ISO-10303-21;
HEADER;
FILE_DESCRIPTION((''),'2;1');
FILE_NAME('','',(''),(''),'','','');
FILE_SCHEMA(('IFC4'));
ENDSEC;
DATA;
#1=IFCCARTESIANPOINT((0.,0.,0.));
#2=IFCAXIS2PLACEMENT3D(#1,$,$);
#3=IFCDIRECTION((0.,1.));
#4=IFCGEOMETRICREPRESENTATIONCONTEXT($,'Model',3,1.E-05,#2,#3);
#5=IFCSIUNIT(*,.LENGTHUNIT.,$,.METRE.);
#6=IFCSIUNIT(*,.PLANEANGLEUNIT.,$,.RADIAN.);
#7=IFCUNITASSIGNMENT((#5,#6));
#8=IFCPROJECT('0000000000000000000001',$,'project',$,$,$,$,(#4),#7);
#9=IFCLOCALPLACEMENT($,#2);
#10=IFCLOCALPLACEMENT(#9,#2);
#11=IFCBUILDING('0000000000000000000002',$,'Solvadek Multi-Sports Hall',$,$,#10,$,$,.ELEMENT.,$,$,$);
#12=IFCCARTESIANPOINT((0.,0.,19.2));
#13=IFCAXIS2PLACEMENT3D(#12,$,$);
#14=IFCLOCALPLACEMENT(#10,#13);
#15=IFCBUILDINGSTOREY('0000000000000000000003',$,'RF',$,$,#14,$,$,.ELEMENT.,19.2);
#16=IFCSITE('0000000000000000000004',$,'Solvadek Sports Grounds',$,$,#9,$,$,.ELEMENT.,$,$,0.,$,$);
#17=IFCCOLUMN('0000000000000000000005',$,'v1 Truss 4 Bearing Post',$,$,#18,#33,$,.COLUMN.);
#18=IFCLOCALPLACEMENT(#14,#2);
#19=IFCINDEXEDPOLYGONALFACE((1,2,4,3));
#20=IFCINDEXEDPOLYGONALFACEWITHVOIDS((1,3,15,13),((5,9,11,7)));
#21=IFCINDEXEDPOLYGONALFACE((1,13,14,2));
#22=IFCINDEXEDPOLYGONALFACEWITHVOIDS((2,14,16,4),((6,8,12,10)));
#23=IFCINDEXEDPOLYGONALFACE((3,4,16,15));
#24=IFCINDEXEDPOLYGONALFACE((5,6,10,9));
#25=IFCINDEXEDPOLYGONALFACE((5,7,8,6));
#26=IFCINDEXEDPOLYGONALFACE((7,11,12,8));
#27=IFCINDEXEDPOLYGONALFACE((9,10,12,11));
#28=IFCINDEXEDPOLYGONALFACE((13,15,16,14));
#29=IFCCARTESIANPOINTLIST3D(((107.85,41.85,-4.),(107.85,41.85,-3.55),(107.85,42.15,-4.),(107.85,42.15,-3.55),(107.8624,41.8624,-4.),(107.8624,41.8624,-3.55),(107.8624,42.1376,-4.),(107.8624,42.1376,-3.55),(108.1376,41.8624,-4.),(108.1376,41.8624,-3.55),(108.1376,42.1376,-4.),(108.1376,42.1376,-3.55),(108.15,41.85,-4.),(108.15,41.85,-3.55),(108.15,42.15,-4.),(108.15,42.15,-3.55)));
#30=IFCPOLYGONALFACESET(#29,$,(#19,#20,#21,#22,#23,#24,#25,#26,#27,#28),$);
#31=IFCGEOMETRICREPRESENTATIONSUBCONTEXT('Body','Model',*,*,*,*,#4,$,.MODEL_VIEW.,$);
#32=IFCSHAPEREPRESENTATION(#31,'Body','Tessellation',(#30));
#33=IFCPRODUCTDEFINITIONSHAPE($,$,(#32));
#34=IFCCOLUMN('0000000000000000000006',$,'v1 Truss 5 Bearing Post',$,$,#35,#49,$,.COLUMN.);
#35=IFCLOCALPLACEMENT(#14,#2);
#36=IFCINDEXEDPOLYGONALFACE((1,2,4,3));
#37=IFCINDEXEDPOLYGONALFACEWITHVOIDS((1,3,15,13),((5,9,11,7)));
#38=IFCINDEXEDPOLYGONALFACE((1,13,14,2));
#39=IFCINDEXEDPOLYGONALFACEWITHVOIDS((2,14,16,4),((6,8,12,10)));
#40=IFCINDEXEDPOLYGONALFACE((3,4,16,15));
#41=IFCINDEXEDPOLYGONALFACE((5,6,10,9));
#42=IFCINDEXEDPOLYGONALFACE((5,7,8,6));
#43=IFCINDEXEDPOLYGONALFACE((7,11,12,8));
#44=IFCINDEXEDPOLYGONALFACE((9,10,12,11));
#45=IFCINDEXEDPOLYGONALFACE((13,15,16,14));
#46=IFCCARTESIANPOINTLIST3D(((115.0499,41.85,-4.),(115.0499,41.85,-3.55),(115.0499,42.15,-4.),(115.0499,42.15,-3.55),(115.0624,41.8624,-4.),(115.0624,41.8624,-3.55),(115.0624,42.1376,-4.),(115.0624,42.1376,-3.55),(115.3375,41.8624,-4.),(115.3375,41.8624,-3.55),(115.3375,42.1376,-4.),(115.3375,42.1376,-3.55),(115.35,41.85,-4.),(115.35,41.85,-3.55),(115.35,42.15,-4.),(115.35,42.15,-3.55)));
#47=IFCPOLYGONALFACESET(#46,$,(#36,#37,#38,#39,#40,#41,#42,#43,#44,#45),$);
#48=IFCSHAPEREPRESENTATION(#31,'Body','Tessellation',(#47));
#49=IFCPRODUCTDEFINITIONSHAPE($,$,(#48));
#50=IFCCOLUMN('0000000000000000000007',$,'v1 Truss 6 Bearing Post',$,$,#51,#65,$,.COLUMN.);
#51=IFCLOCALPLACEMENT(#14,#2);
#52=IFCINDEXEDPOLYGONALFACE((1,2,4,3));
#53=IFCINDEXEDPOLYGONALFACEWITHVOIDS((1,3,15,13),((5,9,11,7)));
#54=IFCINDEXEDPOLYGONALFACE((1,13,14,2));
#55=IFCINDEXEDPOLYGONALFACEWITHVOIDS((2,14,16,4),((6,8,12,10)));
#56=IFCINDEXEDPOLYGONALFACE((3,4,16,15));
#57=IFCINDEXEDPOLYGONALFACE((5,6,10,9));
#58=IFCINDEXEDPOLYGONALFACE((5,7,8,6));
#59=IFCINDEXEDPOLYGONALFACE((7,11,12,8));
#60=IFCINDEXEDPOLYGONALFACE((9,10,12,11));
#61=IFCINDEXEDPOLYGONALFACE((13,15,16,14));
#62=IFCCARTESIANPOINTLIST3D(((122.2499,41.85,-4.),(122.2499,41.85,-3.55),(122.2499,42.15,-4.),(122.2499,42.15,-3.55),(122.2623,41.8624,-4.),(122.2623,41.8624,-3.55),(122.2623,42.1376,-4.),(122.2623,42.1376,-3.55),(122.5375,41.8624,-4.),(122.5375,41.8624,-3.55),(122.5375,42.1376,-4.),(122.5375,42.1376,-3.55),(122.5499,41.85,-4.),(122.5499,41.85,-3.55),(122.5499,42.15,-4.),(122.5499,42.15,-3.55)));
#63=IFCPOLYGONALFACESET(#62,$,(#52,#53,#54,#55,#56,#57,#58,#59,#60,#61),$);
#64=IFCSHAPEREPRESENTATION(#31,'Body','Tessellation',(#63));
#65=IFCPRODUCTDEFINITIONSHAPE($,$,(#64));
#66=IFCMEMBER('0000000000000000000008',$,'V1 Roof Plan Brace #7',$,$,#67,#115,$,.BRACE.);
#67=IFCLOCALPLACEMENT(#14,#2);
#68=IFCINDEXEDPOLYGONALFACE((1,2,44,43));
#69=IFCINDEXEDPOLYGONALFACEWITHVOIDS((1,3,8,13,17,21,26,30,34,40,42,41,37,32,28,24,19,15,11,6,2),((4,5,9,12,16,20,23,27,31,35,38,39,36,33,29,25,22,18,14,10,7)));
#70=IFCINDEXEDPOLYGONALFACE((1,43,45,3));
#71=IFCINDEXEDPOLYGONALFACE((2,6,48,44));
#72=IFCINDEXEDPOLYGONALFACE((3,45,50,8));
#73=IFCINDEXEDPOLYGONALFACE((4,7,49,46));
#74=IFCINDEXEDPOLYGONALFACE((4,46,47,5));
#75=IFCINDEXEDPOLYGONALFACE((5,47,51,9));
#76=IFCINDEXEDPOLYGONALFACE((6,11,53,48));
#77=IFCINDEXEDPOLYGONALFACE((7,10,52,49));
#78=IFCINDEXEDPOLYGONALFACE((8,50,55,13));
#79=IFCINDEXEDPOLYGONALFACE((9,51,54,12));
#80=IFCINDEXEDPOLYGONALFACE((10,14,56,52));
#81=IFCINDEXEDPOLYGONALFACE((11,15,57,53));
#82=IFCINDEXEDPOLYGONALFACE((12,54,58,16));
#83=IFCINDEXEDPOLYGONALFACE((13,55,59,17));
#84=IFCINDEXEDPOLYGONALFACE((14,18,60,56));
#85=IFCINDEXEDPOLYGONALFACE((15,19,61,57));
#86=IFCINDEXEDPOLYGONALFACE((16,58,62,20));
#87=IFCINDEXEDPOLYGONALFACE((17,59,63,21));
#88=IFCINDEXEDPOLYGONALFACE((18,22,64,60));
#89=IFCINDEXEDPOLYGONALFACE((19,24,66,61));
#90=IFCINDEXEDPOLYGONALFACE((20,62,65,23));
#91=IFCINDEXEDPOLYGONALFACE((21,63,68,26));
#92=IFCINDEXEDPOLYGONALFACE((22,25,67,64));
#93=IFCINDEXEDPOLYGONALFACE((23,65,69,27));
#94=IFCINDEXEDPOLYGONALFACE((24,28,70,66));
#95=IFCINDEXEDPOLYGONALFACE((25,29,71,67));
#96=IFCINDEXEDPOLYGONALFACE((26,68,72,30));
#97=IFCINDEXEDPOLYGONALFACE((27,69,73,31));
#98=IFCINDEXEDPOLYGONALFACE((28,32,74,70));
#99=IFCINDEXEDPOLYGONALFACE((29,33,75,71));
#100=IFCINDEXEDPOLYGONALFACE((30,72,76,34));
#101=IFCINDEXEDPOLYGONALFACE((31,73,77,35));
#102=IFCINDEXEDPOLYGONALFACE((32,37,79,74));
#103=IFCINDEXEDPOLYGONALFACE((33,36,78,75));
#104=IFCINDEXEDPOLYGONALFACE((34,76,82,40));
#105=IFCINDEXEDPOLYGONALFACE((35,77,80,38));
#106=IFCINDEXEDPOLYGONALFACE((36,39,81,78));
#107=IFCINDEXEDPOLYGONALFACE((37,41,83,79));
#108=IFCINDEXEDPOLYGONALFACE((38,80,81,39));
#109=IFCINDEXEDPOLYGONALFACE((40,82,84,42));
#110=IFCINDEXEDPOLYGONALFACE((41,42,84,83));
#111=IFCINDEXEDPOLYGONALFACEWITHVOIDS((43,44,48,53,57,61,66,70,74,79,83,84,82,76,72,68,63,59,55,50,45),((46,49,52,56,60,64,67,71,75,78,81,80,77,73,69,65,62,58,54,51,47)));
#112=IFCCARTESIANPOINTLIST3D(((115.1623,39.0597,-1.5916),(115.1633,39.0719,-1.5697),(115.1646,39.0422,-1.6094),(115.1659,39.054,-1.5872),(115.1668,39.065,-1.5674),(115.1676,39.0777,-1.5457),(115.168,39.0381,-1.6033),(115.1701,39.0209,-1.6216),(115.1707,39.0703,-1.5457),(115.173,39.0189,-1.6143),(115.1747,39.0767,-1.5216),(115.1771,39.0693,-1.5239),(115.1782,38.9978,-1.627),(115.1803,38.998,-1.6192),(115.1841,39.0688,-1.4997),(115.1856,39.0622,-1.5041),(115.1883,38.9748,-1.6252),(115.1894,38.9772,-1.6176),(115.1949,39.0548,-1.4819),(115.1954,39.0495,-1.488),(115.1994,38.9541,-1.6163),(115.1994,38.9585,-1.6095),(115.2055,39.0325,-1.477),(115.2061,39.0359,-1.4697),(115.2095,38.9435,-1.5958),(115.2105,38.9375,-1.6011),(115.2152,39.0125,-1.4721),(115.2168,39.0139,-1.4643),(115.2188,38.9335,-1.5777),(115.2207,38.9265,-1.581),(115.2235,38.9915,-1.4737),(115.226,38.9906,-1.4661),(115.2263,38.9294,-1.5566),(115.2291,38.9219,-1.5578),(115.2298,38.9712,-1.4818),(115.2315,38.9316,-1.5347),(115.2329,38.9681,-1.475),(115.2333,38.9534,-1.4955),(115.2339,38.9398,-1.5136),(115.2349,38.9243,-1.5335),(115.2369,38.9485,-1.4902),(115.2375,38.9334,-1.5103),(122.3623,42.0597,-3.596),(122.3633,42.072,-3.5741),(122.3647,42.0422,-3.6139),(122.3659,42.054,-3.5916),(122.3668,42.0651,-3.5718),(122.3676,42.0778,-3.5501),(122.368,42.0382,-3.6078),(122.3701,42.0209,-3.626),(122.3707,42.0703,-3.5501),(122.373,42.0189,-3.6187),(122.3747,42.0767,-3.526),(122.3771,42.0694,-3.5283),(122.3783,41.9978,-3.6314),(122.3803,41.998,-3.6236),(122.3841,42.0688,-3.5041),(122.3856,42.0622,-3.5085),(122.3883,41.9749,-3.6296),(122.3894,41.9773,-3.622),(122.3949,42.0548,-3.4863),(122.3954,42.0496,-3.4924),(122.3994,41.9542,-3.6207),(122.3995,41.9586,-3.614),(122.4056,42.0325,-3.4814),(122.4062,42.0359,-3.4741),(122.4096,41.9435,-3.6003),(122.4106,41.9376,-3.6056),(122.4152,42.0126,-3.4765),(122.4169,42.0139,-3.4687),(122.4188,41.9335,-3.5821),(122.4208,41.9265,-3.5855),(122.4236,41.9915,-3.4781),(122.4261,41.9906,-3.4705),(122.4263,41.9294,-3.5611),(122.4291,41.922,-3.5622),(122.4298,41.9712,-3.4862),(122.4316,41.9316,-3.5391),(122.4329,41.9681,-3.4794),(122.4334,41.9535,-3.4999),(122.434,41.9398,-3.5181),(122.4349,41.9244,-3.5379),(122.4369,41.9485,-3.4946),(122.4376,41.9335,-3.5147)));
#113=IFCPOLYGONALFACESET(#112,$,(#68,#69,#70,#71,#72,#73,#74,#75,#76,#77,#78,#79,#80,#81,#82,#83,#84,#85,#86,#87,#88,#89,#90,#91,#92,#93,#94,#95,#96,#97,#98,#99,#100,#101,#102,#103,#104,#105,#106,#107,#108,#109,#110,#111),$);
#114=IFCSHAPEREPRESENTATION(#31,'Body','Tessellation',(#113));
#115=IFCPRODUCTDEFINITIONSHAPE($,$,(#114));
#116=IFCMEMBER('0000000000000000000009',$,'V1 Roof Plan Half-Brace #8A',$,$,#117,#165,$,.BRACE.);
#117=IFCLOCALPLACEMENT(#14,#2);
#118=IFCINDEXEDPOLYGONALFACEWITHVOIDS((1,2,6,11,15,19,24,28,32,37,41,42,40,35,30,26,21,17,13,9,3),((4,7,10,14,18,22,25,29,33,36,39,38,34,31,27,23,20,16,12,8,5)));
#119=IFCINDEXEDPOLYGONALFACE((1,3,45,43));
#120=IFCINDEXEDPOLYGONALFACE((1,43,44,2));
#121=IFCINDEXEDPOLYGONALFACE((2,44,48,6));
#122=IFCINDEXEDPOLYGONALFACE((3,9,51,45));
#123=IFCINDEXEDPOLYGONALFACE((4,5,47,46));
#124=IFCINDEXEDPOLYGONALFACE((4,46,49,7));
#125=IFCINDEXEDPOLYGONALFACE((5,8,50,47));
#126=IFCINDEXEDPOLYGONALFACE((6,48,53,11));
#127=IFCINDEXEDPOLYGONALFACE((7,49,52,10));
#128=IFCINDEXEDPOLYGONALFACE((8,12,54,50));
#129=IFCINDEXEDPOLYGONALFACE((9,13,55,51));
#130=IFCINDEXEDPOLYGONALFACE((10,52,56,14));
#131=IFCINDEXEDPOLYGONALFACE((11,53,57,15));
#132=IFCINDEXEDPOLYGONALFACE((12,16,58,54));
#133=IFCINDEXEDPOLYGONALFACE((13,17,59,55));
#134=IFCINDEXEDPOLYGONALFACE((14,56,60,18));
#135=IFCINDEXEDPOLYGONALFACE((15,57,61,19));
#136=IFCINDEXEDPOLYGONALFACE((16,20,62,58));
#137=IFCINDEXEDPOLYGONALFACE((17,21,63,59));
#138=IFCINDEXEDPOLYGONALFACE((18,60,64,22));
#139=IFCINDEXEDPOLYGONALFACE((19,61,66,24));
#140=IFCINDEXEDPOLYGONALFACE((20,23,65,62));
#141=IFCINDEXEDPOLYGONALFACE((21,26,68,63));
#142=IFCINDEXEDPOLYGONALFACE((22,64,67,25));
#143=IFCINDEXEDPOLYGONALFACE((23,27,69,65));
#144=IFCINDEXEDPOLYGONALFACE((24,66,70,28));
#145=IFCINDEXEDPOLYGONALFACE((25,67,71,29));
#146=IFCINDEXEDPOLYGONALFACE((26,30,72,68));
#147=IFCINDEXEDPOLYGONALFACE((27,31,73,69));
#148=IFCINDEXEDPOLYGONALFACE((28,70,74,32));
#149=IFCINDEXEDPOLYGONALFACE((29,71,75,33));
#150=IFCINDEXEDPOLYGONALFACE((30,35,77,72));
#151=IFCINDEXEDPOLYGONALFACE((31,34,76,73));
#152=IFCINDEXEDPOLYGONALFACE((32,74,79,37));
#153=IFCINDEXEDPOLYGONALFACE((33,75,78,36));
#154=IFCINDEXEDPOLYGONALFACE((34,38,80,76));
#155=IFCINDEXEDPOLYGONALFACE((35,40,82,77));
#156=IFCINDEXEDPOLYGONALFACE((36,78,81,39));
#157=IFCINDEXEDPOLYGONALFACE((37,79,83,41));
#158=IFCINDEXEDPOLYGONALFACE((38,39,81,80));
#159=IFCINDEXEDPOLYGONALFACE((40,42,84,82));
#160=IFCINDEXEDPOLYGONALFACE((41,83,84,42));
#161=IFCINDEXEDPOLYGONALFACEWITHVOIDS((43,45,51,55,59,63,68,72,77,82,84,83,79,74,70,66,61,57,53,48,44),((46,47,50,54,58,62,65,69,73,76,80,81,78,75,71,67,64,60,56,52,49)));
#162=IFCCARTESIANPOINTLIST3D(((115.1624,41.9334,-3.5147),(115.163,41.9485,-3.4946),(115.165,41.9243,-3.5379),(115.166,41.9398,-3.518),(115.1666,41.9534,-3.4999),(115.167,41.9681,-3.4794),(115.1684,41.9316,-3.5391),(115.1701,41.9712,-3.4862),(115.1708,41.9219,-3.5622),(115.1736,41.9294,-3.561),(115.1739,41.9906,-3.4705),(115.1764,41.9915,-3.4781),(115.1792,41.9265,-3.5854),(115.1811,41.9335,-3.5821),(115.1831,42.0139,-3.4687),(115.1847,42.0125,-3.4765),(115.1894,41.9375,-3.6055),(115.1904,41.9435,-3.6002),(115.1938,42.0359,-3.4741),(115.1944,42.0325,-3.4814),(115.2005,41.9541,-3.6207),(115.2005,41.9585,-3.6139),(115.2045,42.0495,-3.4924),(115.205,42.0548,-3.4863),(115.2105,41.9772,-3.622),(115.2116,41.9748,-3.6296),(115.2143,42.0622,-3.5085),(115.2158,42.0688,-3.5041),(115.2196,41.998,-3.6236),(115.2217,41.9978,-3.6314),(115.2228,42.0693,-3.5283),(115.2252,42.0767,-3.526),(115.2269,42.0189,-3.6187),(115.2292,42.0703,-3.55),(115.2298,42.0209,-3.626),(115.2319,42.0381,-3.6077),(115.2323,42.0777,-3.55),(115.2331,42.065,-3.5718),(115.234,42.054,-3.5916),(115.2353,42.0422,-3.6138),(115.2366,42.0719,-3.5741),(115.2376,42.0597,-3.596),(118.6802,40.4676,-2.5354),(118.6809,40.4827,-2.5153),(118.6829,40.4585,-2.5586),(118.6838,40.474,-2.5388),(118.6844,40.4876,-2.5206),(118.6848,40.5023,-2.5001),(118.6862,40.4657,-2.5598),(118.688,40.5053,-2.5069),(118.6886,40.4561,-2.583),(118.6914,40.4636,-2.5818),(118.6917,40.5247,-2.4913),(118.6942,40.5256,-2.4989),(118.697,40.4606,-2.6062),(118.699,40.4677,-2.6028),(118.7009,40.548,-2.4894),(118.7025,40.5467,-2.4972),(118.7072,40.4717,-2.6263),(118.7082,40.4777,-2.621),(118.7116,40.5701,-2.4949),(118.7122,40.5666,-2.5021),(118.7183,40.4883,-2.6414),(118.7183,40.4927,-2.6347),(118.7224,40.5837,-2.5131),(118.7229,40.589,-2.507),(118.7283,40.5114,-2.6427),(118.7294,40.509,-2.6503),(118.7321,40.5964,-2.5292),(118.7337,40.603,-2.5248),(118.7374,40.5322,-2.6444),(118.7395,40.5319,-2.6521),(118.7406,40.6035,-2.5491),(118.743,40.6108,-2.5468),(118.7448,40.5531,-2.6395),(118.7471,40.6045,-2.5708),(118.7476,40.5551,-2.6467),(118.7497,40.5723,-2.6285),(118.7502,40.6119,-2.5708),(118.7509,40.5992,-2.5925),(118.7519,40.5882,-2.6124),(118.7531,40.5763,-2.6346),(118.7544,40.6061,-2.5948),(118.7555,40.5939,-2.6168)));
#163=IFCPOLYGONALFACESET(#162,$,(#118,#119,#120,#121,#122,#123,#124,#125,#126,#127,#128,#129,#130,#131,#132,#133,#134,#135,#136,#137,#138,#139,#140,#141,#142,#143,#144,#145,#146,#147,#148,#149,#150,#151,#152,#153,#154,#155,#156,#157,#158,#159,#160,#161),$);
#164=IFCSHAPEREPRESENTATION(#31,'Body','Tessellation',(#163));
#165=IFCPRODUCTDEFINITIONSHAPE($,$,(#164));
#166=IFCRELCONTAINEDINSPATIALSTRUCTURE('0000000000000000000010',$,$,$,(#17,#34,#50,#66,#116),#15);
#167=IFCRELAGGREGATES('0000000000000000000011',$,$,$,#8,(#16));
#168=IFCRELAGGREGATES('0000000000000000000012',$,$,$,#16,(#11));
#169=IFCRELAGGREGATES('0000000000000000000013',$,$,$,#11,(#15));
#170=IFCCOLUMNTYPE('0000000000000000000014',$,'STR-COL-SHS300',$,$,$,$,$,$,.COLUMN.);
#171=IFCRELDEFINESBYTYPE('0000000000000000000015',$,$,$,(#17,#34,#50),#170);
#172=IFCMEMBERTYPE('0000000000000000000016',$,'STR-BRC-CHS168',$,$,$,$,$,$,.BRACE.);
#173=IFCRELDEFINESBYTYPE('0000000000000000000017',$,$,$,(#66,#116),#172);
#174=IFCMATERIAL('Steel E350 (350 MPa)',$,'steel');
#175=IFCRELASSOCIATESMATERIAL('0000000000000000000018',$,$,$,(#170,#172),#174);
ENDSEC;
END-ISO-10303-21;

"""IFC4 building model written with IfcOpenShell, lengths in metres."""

from ifc_helpers import new_model, si_unit, direction, frame, origin, origin_2d, place, context, subcontext, project, spatial, hollow_rectangle, hollow_circle, extrude, material, material_profile, profile_set, type_object, element, save


model = new_model("IFC4")

# Units and contexts
model_context = context("Model", 3, precision=1e-05, world=origin(), true_north=direction((0.0, 1.0)))
body_context = subcontext(model_context, "Body", "Model", "MODEL_VIEW")
ifc_project = project(units=[si_unit("LENGTHUNIT", "METRE"), si_unit("PLANEANGLEUNIT", "RADIAN")], contexts=[model_context])

# Site, building, storey
site_placement = place(None, origin())
site = spatial("IfcSite", under=ifc_project, at=site_placement, Name="Solvadek Sports Grounds", CompositionType="ELEMENT", RefElevation=0.0)
building_placement = place(site_placement, origin())
building = spatial("IfcBuilding", under=site, at=building_placement, Name="Solvadek Multi-Sports Hall", CompositionType="ELEMENT")
storey_placement = place(building_placement, frame((0.0, 0.0, 19.2)))
storey = spatial("IfcBuildingStorey", under=building, at=storey_placement, Name="RF", CompositionType="ELEMENT", Elevation=19.2)

# Columns
ifc_material_1 = material(Name="Steel E350 (350 MPa)", Category="steel")
ifc_material_profile_1 = material_profile(ifc_material_1, hollow_rectangle(XDim=0.3, YDim=0.3, WallThickness=0.0125, at=origin_2d()), Name="SHS 300x300x12.5")
ifc_profile_set_1 = profile_set([ifc_material_profile_1], Name="Steel E350 (350 MPa)")
column_type = type_object("IfcColumnType", Name="STR-COL-SHS300", PredefinedType="COLUMN", material=ifc_profile_set_1)
for number, where, z_axis, x_axis, name in (
    (1, (108.0, 42.0, -4.0), (0.0, 0.0, 1.0), (1.0, 0.0, 0.0), "v1 Truss 4 Bearing Post"),
    (2, (115.2, 42.0, -4.0), (0.0, 0.0, 1.0), (1.0, 0.0, 0.0), "v1 Truss 5 Bearing Post"),
    (3, (122.3999, 42.0, -4.0), (0.0, 0.0, 1.0), (1.0, 0.0, 0.0), "v1 Truss 6 Bearing Post"),
):
    element("IfcColumn", number, at=place(storey_placement, frame(where, z_axis=z_axis, x_axis=x_axis)), inside=storey, type_object=column_type, Name=name, PredefinedType="COLUMN", context=body_context, shape_type="SweptSolid", body=[
        extrude(hollow_rectangle(XDim=0.3, YDim=0.3, WallThickness=0.0125, at=origin_2d()), origin(), (0.0, 0.0, 1.0), 0.45),
    ])

# Members
ifc_material_profile_2 = material_profile(ifc_material_1, hollow_circle(Radius=0.0842, WallThickness=0.0081, at=origin_2d()), Name="CHS 168.3x8")
ifc_profile_set_2 = profile_set([ifc_material_profile_2], Name="Steel E350 (350 MPa)")
member_type_1 = type_object("IfcMemberType", Name="STR-BRC-CHS168", PredefinedType="BRACE", material=ifc_profile_set_2)
member_1_placement = place(storey_placement, frame((115.2, 39.0, -1.5457), z_axis=(0.894029, 0.372514, -0.248889), x_axis=(-0.384618, 0.923076, 0.0)))
element("IfcMember", 4, at=member_1_placement, inside=storey, type_object=member_type_1, Name="V1 Roof Plan Brace #7", PredefinedType="BRACE", context=body_context, shape_type="SweptSolid", body=[
    extrude(hollow_circle(Radius=0.0842, WallThickness=0.0081, at=origin_2d()), origin(), (0.0, 0.0, 1.0), 8.0535),
])
member_2_placement = place(storey_placement, frame((115.2, 42.0, -3.55), z_axis=(0.894029, -0.372528, 0.248869), x_axis=(0.384629, 0.923071, 0.0)))
element("IfcMember", 5, at=member_2_placement, inside=storey, type_object=member_type_1, Name="V1 Roof Plan Half-Brace #8A", PredefinedType="BRACE", context=body_context, shape_type="SweptSolid", body=[
    extrude(hollow_circle(Radius=0.0842, WallThickness=0.0081, at=origin_2d()), origin(), (0.0, 0.0, 1.0), 3.9348),
])

save(model, "model.ifc")
